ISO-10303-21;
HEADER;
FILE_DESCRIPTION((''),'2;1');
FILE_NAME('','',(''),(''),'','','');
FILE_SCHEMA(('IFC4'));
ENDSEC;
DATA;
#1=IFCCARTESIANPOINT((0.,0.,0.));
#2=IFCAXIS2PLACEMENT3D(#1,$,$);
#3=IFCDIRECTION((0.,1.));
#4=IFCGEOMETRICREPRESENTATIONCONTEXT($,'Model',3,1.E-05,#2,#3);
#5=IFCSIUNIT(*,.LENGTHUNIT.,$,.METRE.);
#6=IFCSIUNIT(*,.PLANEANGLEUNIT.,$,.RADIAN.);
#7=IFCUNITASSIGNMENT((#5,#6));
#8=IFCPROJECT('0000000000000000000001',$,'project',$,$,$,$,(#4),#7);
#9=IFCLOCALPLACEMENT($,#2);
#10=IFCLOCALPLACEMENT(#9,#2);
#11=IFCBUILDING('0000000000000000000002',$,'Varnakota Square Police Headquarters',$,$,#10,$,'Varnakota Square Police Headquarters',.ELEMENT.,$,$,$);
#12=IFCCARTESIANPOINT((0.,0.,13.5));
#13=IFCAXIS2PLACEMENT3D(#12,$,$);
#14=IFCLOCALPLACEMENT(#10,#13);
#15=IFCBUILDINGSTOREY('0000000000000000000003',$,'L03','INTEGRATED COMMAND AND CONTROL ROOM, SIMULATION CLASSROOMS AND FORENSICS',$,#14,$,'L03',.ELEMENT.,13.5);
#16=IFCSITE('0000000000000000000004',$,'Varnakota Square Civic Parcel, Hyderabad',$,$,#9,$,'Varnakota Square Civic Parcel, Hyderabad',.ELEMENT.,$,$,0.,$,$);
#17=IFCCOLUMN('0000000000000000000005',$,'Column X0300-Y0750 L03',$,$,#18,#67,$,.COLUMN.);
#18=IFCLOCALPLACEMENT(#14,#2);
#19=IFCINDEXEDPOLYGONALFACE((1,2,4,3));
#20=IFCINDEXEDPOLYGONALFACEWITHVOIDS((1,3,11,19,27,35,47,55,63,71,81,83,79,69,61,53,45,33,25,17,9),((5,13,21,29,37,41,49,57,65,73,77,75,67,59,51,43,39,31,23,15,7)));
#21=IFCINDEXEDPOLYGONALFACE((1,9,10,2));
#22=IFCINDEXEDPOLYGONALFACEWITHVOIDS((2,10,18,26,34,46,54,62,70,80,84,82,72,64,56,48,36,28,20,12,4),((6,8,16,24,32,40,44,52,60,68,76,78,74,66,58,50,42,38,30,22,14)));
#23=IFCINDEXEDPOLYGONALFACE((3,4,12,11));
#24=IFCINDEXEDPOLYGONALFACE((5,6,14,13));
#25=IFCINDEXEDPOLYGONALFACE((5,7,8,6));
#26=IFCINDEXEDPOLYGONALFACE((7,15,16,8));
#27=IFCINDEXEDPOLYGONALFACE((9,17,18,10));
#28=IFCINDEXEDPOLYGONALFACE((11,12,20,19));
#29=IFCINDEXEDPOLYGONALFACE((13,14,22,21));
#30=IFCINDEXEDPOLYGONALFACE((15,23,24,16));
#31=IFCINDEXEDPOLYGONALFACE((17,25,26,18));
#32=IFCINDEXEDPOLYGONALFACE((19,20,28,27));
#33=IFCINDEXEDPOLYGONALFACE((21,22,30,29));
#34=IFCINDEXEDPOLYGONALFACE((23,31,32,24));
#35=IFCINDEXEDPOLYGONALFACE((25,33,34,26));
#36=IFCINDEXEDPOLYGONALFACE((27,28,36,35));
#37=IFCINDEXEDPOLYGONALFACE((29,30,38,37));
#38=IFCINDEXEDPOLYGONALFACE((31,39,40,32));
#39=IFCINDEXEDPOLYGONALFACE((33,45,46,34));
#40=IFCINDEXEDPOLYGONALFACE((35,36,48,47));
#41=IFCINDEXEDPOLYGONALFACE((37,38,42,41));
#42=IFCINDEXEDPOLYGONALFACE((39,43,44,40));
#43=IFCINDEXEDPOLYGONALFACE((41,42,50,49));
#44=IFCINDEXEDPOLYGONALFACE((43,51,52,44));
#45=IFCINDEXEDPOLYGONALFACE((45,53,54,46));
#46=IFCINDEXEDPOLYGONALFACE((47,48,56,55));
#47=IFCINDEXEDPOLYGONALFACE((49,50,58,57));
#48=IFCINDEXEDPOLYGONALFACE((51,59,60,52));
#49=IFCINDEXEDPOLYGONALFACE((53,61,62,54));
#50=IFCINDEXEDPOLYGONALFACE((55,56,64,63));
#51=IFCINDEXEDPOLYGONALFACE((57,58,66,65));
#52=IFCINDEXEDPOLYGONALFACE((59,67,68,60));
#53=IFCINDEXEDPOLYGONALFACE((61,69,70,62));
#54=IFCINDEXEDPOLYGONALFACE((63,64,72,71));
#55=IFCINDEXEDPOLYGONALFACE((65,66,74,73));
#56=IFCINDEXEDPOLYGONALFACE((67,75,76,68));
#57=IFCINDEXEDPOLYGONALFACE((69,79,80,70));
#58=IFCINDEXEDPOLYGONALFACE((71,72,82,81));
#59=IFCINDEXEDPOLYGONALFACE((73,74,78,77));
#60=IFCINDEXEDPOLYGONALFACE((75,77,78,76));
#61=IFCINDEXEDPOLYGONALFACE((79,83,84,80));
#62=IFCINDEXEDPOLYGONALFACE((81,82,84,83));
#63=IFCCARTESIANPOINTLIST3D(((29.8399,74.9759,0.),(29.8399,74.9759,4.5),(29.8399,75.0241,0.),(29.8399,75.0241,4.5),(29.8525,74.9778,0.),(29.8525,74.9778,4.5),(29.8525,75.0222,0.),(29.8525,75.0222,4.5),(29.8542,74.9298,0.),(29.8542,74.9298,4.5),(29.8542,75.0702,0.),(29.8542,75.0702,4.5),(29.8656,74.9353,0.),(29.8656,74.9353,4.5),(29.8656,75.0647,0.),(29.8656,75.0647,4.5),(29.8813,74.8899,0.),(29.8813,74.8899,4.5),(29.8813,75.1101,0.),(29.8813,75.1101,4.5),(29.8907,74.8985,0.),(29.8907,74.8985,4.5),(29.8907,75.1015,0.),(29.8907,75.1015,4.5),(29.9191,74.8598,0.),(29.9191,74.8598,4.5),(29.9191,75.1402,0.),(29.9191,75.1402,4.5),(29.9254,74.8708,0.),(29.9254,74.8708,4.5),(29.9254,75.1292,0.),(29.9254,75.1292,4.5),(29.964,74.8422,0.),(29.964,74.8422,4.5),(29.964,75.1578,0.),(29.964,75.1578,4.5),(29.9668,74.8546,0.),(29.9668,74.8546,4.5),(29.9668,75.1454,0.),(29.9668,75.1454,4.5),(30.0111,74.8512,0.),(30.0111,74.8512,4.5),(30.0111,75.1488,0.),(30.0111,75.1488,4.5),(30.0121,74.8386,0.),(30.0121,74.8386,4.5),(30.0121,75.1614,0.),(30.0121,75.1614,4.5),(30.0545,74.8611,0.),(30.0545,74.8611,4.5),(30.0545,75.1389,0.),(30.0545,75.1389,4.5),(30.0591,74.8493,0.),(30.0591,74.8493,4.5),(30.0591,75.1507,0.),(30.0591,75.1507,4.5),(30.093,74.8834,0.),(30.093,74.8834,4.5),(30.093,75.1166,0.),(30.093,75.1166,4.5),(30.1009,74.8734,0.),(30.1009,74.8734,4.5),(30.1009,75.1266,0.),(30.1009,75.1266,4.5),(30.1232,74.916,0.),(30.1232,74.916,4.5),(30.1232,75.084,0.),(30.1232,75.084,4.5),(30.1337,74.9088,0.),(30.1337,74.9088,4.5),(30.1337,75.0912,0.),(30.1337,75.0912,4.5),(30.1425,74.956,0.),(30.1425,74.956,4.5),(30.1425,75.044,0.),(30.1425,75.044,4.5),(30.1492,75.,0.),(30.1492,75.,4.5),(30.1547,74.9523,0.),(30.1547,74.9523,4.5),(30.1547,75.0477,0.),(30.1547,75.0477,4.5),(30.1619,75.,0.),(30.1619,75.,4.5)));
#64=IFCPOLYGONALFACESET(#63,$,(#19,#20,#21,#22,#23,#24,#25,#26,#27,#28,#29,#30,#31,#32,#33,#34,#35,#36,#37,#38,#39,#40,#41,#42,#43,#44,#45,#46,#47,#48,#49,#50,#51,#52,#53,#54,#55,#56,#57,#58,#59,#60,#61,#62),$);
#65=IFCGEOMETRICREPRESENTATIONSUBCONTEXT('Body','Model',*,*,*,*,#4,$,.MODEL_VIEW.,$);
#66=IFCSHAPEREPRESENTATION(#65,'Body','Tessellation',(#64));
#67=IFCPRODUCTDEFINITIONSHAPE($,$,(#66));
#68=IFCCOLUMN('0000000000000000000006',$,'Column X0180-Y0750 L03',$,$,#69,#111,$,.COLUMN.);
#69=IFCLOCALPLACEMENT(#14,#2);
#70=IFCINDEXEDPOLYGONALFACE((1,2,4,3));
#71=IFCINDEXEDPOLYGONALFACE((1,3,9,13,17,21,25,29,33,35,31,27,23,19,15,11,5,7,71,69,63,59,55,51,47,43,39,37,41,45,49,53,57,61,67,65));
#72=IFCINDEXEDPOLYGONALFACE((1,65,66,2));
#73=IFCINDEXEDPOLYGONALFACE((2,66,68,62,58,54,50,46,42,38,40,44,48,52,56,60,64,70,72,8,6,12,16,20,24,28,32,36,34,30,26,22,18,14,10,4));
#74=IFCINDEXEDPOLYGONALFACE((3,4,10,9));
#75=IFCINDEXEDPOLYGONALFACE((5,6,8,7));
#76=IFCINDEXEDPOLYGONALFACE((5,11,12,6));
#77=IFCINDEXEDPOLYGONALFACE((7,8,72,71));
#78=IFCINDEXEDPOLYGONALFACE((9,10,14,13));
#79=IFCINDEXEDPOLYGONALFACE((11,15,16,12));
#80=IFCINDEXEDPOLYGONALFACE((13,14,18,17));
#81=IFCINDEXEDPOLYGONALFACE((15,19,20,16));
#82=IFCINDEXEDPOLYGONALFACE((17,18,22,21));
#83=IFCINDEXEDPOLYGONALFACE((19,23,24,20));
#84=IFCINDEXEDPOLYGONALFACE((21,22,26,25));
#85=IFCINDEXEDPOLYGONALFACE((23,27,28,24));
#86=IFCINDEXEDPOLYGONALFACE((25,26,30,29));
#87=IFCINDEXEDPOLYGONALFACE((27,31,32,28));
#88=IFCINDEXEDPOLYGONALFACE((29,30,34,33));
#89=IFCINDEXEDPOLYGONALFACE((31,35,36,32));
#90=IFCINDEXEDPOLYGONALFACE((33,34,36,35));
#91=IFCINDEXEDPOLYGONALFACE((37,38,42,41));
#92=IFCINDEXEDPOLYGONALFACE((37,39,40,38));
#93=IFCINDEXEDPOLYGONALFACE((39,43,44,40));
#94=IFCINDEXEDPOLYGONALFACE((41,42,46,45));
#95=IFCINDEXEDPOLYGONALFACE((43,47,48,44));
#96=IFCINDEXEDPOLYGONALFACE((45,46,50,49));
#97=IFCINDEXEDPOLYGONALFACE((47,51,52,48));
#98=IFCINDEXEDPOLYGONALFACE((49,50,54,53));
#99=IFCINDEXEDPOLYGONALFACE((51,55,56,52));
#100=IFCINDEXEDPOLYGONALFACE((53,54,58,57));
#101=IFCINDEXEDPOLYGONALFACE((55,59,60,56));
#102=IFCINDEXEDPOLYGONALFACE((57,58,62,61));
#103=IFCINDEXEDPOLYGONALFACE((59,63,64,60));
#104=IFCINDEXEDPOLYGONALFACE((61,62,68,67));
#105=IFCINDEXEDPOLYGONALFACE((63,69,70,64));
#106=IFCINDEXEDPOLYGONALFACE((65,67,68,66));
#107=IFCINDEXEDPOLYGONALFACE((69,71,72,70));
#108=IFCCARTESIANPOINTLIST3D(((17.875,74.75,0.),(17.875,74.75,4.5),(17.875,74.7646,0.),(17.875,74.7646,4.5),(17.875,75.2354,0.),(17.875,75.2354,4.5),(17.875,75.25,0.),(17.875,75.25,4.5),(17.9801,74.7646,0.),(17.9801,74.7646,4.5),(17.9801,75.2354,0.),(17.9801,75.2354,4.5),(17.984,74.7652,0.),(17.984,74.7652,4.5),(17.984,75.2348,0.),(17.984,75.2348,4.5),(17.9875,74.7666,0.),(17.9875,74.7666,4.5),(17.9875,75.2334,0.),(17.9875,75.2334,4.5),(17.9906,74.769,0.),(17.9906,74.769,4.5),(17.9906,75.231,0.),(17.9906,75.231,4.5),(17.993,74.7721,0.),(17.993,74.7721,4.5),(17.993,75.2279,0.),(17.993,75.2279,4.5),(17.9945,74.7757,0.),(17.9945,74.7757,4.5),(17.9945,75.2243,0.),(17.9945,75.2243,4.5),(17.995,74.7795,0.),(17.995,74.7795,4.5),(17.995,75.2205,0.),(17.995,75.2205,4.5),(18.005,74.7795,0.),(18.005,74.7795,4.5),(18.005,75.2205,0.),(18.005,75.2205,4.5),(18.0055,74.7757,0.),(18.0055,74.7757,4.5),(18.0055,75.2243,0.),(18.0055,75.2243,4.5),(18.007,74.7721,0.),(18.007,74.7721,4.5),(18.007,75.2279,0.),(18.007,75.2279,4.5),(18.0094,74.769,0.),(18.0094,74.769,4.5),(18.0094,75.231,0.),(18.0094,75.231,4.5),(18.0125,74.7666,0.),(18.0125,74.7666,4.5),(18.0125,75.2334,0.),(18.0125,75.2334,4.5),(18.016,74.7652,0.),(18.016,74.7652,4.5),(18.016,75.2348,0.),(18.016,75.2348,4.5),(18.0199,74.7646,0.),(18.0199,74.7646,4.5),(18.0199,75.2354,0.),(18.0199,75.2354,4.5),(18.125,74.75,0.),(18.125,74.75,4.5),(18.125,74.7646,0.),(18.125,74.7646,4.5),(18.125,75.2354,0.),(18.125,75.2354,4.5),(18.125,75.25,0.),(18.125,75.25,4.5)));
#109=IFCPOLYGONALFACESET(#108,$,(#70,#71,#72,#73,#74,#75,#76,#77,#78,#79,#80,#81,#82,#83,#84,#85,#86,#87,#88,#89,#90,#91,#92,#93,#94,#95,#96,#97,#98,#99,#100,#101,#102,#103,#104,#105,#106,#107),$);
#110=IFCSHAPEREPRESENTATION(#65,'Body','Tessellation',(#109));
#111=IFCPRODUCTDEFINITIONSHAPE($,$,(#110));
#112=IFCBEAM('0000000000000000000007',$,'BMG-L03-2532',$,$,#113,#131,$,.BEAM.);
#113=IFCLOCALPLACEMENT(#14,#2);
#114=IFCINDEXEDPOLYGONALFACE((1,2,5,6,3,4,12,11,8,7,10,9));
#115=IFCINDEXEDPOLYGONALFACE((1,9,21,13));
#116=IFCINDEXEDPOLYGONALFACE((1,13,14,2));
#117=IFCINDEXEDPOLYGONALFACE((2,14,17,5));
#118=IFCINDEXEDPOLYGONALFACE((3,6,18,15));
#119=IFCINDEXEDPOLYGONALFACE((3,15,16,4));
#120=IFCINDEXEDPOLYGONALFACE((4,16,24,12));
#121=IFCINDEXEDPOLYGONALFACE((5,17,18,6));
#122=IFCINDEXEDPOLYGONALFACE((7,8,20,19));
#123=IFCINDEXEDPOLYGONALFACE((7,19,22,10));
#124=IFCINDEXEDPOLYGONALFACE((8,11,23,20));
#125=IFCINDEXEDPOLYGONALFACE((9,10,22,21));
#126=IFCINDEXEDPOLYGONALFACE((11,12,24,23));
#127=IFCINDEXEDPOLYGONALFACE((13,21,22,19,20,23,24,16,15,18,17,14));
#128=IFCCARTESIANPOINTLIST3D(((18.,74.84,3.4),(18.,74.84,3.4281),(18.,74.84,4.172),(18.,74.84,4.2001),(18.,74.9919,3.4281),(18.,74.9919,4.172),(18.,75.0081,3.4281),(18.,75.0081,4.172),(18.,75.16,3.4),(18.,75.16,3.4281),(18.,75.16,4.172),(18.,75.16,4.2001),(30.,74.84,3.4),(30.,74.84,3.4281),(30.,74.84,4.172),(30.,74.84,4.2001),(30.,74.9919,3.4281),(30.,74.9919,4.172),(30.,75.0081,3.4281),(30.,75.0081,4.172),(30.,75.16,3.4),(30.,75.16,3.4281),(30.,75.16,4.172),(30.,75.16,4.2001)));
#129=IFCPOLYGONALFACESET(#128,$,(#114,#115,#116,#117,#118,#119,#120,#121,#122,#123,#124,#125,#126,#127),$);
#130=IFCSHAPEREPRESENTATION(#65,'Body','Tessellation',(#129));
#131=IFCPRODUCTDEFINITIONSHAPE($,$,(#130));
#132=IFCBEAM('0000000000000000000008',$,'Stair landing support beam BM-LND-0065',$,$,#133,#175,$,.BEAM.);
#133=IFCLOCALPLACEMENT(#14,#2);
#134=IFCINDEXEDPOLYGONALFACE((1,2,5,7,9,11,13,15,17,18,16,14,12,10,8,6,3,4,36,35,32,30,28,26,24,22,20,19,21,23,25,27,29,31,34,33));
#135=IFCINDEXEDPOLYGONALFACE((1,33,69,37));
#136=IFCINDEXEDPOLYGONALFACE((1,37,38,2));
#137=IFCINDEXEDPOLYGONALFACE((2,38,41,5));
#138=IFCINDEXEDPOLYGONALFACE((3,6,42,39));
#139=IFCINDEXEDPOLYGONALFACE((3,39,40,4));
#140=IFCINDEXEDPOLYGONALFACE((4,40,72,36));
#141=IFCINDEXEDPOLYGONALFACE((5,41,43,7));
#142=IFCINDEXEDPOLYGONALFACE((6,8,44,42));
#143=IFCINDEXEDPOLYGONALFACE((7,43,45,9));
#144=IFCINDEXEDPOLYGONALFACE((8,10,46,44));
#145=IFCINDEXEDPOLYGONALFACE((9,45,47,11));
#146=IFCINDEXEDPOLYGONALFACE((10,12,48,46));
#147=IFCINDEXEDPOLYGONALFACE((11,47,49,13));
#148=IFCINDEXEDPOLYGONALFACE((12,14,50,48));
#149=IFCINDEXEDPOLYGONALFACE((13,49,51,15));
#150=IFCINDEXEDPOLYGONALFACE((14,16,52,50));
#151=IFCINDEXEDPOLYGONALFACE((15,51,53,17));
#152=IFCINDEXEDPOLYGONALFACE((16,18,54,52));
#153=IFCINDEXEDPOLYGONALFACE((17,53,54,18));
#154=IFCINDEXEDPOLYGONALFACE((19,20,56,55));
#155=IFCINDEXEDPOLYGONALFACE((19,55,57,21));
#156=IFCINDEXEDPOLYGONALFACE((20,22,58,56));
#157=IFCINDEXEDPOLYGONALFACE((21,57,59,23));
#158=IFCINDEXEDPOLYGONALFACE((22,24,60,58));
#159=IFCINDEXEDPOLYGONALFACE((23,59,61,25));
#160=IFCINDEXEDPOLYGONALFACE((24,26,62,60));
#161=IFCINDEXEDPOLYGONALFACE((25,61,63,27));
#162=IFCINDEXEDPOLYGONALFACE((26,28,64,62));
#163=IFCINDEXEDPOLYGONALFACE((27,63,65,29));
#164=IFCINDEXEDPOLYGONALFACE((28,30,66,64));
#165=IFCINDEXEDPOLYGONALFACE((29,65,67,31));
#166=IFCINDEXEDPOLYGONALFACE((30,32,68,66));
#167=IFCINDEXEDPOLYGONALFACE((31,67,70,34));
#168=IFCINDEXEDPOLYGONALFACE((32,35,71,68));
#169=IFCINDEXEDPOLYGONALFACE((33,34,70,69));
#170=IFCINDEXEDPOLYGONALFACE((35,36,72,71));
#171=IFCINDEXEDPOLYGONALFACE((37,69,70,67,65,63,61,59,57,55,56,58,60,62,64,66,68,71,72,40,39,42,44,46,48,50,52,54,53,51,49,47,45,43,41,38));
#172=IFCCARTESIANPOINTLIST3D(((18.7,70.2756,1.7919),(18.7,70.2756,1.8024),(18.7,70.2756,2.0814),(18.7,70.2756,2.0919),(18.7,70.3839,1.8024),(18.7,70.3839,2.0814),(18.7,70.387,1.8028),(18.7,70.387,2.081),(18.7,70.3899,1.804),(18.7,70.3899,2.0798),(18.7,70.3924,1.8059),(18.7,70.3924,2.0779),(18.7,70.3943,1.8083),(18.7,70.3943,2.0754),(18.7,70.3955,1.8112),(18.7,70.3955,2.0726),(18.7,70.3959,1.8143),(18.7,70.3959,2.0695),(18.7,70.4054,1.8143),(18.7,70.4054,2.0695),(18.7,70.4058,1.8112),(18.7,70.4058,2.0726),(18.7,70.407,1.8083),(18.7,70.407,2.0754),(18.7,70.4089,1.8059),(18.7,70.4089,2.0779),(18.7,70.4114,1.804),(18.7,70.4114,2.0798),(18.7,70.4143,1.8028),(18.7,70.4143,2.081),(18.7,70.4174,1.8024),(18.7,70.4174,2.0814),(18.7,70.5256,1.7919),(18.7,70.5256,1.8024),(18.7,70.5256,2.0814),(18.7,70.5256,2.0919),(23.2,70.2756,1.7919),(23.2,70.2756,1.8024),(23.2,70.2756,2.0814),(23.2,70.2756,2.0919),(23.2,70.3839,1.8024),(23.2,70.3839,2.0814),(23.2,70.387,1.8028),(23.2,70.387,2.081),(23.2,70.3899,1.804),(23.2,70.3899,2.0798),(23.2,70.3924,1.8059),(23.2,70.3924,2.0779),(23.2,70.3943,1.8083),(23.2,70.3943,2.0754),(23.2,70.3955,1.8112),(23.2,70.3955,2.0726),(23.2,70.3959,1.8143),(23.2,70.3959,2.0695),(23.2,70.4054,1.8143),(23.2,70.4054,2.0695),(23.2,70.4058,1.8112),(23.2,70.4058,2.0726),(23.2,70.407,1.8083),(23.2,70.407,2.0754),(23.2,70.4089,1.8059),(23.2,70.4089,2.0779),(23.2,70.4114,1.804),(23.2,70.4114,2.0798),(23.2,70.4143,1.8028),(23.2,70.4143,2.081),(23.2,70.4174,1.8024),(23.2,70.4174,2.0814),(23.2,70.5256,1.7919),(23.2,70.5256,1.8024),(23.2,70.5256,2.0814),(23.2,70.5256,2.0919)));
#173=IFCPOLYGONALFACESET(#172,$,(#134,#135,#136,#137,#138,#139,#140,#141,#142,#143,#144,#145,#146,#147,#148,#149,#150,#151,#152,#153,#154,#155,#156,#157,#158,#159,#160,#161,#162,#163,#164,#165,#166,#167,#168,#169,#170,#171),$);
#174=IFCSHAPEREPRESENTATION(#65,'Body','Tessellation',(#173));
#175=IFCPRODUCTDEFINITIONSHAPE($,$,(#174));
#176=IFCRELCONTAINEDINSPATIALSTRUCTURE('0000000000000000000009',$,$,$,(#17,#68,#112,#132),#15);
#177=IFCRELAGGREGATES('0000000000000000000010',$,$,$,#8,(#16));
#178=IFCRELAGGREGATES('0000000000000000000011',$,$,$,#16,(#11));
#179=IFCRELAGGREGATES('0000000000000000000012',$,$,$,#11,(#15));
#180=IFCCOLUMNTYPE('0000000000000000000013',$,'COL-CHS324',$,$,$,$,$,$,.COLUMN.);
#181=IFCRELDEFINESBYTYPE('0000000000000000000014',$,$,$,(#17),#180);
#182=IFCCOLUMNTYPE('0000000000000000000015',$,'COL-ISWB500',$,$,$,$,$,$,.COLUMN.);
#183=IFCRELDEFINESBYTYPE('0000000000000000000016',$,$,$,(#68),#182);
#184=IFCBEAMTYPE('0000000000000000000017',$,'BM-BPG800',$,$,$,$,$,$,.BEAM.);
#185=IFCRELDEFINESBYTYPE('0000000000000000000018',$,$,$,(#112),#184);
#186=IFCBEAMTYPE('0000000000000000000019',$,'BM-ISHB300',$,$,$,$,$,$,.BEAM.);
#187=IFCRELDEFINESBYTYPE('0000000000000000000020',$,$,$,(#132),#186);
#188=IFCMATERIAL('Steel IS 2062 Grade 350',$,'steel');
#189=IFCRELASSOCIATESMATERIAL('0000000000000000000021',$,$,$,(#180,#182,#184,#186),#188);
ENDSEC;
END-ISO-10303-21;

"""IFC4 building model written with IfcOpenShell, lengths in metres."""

from ifc_helpers import new_model, si_unit, direction, frame, origin, origin_2d, place, context, subcontext, project, spatial, hollow_circle, i_section, extrude, material, material_profile, profile_set, type_object, element, save


model = new_model("IFC4")

# Units and contexts
model_context = context("Model", 3, precision=1e-05, world=origin(), true_north=direction((0.0, 1.0)))
body_context = subcontext(model_context, "Body", "Model", "MODEL_VIEW")
ifc_project = project(units=[si_unit("LENGTHUNIT", "METRE"), si_unit("PLANEANGLEUNIT", "RADIAN")], contexts=[model_context])

# Site, building, storey
site_placement = place(None, origin())
site = spatial("IfcSite", under=ifc_project, at=site_placement, Name="Varnakota Square Civic Parcel, Hyderabad", LongName="Varnakota Square Civic Parcel, Hyderabad", CompositionType="ELEMENT", RefElevation=0.0)
building_placement = place(site_placement, origin())
building = spatial("IfcBuilding", under=site, at=building_placement, Name="Varnakota Square Police Headquarters", LongName="Varnakota Square Police Headquarters", CompositionType="ELEMENT")
storey_placement = place(building_placement, frame((0.0, 0.0, 13.5)))
storey = spatial("IfcBuildingStorey", under=building, at=storey_placement, Name="L03", Description="INTEGRATED COMMAND AND CONTROL ROOM, SIMULATION CLASSROOMS AND FORENSICS", LongName="L03", CompositionType="ELEMENT", Elevation=13.5)

# Columns
ifc_material_1 = material(Name="Steel IS 2062 Grade 350", Category="steel")
ifc_material_profile_1 = material_profile(ifc_material_1, hollow_circle(Radius=0.1619, WallThickness=0.0127, at=origin_2d()), Name="CHS 323.9x12.7")
ifc_profile_set_1 = profile_set([ifc_material_profile_1], Name="Steel IS 2062 Grade 350")
column_type_1 = type_object("IfcColumnType", Name="COL-CHS324", PredefinedType="COLUMN", material=ifc_profile_set_1)
column_1_placement = place(storey_placement, frame((30.0, 75.0, 0.0), z_axis=(0.0, 0.0, 1.0), x_axis=(1.0, 0.0, 0.0)))
element("IfcColumn", 1, at=column_1_placement, inside=storey, type_object=column_type_1, Name="Column X0300-Y0750 L03", PredefinedType="COLUMN", context=body_context, shape_type="SweptSolid", body=[
    extrude(hollow_circle(Radius=0.1619, WallThickness=0.0127, at=origin_2d()), origin(), (0.0, 0.0, 1.0), 4.5),
])
ifc_material_profile_2 = material_profile(ifc_material_1, i_section(OverallWidth=0.25, OverallDepth=0.5, WebThickness=0.01, FlangeThickness=0.0146, FilletRadius=0.0149, at=origin_2d()), Name="ISWB 500")
ifc_profile_set_2 = profile_set([ifc_material_profile_2], Name="Steel IS 2062 Grade 350")
column_type_2 = type_object("IfcColumnType", Name="COL-ISWB500", PredefinedType="COLUMN", material=ifc_profile_set_2)
column_2_placement = place(storey_placement, frame((18.0, 75.0, 0.0), z_axis=(0.0, 0.0, 1.0), x_axis=(1.0, 0.0, 0.0)))
element("IfcColumn", 2, at=column_2_placement, inside=storey, type_object=column_type_2, Name="Column X0180-Y0750 L03", PredefinedType="COLUMN", context=body_context, shape_type="SweptSolid", body=[
    extrude(i_section(OverallWidth=0.25, OverallDepth=0.5, WebThickness=0.01, FlangeThickness=0.0146, FilletRadius=0.0149, at=origin_2d()), origin(), (0.0, 0.0, 1.0), 4.5),
])

# Beams
ifc_material_profile_3 = material_profile(ifc_material_1, i_section(OverallWidth=0.3201, OverallDepth=0.8, WebThickness=0.0161, FlangeThickness=0.0281, at=origin_2d()), Name="BPG 800x320")
ifc_profile_set_3 = profile_set([ifc_material_profile_3], Name="Steel IS 2062 Grade 350")
beam_type_1 = type_object("IfcBeamType", Name="BM-BPG800", PredefinedType="BEAM", material=ifc_profile_set_3)
beam_1_placement = place(storey_placement, frame((18.0, 75.0, 3.8), z_axis=(1.0, 0.0, 0.0), x_axis=(0.0, 1.0, 0.0)))
element("IfcBeam", 3, at=beam_1_placement, inside=storey, type_object=beam_type_1, Name="BMG-L03-2532", PredefinedType="BEAM", context=body_context, shape_type="SweptSolid", body=[
    extrude(i_section(OverallWidth=0.3201, OverallDepth=0.8, WebThickness=0.0161, FlangeThickness=0.0281, at=origin_2d()), origin(), (0.0, 0.0, 1.0), 12.0),
])
ifc_material_profile_4 = material_profile(ifc_material_1, i_section(OverallWidth=0.25, OverallDepth=0.3, WebThickness=0.0095, FlangeThickness=0.0105, FilletRadius=0.012, at=origin_2d()), Name="ISHB 300")
ifc_profile_set_4 = profile_set([ifc_material_profile_4], Name="Steel IS 2062 Grade 350")
beam_type_2 = type_object("IfcBeamType", Name="BM-ISHB300", PredefinedType="BEAM", material=ifc_profile_set_4)
beam_2_placement = place(storey_placement, frame((18.7, 70.4006, 1.9419), z_axis=(1.0, 0.0, 0.0), x_axis=(0.0, 1.0, 0.0)))
element("IfcBeam", 4, at=beam_2_placement, inside=storey, type_object=beam_type_2, Name="Stair landing support beam BM-LND-0065", PredefinedType="BEAM", context=body_context, shape_type="SweptSolid", body=[
    extrude(i_section(OverallWidth=0.25, OverallDepth=0.3, WebThickness=0.0095, FlangeThickness=0.0105, FilletRadius=0.012, at=origin_2d()), origin(), (0.0, 0.0, 1.0), 4.5),
])

save(model, "model.ifc")
